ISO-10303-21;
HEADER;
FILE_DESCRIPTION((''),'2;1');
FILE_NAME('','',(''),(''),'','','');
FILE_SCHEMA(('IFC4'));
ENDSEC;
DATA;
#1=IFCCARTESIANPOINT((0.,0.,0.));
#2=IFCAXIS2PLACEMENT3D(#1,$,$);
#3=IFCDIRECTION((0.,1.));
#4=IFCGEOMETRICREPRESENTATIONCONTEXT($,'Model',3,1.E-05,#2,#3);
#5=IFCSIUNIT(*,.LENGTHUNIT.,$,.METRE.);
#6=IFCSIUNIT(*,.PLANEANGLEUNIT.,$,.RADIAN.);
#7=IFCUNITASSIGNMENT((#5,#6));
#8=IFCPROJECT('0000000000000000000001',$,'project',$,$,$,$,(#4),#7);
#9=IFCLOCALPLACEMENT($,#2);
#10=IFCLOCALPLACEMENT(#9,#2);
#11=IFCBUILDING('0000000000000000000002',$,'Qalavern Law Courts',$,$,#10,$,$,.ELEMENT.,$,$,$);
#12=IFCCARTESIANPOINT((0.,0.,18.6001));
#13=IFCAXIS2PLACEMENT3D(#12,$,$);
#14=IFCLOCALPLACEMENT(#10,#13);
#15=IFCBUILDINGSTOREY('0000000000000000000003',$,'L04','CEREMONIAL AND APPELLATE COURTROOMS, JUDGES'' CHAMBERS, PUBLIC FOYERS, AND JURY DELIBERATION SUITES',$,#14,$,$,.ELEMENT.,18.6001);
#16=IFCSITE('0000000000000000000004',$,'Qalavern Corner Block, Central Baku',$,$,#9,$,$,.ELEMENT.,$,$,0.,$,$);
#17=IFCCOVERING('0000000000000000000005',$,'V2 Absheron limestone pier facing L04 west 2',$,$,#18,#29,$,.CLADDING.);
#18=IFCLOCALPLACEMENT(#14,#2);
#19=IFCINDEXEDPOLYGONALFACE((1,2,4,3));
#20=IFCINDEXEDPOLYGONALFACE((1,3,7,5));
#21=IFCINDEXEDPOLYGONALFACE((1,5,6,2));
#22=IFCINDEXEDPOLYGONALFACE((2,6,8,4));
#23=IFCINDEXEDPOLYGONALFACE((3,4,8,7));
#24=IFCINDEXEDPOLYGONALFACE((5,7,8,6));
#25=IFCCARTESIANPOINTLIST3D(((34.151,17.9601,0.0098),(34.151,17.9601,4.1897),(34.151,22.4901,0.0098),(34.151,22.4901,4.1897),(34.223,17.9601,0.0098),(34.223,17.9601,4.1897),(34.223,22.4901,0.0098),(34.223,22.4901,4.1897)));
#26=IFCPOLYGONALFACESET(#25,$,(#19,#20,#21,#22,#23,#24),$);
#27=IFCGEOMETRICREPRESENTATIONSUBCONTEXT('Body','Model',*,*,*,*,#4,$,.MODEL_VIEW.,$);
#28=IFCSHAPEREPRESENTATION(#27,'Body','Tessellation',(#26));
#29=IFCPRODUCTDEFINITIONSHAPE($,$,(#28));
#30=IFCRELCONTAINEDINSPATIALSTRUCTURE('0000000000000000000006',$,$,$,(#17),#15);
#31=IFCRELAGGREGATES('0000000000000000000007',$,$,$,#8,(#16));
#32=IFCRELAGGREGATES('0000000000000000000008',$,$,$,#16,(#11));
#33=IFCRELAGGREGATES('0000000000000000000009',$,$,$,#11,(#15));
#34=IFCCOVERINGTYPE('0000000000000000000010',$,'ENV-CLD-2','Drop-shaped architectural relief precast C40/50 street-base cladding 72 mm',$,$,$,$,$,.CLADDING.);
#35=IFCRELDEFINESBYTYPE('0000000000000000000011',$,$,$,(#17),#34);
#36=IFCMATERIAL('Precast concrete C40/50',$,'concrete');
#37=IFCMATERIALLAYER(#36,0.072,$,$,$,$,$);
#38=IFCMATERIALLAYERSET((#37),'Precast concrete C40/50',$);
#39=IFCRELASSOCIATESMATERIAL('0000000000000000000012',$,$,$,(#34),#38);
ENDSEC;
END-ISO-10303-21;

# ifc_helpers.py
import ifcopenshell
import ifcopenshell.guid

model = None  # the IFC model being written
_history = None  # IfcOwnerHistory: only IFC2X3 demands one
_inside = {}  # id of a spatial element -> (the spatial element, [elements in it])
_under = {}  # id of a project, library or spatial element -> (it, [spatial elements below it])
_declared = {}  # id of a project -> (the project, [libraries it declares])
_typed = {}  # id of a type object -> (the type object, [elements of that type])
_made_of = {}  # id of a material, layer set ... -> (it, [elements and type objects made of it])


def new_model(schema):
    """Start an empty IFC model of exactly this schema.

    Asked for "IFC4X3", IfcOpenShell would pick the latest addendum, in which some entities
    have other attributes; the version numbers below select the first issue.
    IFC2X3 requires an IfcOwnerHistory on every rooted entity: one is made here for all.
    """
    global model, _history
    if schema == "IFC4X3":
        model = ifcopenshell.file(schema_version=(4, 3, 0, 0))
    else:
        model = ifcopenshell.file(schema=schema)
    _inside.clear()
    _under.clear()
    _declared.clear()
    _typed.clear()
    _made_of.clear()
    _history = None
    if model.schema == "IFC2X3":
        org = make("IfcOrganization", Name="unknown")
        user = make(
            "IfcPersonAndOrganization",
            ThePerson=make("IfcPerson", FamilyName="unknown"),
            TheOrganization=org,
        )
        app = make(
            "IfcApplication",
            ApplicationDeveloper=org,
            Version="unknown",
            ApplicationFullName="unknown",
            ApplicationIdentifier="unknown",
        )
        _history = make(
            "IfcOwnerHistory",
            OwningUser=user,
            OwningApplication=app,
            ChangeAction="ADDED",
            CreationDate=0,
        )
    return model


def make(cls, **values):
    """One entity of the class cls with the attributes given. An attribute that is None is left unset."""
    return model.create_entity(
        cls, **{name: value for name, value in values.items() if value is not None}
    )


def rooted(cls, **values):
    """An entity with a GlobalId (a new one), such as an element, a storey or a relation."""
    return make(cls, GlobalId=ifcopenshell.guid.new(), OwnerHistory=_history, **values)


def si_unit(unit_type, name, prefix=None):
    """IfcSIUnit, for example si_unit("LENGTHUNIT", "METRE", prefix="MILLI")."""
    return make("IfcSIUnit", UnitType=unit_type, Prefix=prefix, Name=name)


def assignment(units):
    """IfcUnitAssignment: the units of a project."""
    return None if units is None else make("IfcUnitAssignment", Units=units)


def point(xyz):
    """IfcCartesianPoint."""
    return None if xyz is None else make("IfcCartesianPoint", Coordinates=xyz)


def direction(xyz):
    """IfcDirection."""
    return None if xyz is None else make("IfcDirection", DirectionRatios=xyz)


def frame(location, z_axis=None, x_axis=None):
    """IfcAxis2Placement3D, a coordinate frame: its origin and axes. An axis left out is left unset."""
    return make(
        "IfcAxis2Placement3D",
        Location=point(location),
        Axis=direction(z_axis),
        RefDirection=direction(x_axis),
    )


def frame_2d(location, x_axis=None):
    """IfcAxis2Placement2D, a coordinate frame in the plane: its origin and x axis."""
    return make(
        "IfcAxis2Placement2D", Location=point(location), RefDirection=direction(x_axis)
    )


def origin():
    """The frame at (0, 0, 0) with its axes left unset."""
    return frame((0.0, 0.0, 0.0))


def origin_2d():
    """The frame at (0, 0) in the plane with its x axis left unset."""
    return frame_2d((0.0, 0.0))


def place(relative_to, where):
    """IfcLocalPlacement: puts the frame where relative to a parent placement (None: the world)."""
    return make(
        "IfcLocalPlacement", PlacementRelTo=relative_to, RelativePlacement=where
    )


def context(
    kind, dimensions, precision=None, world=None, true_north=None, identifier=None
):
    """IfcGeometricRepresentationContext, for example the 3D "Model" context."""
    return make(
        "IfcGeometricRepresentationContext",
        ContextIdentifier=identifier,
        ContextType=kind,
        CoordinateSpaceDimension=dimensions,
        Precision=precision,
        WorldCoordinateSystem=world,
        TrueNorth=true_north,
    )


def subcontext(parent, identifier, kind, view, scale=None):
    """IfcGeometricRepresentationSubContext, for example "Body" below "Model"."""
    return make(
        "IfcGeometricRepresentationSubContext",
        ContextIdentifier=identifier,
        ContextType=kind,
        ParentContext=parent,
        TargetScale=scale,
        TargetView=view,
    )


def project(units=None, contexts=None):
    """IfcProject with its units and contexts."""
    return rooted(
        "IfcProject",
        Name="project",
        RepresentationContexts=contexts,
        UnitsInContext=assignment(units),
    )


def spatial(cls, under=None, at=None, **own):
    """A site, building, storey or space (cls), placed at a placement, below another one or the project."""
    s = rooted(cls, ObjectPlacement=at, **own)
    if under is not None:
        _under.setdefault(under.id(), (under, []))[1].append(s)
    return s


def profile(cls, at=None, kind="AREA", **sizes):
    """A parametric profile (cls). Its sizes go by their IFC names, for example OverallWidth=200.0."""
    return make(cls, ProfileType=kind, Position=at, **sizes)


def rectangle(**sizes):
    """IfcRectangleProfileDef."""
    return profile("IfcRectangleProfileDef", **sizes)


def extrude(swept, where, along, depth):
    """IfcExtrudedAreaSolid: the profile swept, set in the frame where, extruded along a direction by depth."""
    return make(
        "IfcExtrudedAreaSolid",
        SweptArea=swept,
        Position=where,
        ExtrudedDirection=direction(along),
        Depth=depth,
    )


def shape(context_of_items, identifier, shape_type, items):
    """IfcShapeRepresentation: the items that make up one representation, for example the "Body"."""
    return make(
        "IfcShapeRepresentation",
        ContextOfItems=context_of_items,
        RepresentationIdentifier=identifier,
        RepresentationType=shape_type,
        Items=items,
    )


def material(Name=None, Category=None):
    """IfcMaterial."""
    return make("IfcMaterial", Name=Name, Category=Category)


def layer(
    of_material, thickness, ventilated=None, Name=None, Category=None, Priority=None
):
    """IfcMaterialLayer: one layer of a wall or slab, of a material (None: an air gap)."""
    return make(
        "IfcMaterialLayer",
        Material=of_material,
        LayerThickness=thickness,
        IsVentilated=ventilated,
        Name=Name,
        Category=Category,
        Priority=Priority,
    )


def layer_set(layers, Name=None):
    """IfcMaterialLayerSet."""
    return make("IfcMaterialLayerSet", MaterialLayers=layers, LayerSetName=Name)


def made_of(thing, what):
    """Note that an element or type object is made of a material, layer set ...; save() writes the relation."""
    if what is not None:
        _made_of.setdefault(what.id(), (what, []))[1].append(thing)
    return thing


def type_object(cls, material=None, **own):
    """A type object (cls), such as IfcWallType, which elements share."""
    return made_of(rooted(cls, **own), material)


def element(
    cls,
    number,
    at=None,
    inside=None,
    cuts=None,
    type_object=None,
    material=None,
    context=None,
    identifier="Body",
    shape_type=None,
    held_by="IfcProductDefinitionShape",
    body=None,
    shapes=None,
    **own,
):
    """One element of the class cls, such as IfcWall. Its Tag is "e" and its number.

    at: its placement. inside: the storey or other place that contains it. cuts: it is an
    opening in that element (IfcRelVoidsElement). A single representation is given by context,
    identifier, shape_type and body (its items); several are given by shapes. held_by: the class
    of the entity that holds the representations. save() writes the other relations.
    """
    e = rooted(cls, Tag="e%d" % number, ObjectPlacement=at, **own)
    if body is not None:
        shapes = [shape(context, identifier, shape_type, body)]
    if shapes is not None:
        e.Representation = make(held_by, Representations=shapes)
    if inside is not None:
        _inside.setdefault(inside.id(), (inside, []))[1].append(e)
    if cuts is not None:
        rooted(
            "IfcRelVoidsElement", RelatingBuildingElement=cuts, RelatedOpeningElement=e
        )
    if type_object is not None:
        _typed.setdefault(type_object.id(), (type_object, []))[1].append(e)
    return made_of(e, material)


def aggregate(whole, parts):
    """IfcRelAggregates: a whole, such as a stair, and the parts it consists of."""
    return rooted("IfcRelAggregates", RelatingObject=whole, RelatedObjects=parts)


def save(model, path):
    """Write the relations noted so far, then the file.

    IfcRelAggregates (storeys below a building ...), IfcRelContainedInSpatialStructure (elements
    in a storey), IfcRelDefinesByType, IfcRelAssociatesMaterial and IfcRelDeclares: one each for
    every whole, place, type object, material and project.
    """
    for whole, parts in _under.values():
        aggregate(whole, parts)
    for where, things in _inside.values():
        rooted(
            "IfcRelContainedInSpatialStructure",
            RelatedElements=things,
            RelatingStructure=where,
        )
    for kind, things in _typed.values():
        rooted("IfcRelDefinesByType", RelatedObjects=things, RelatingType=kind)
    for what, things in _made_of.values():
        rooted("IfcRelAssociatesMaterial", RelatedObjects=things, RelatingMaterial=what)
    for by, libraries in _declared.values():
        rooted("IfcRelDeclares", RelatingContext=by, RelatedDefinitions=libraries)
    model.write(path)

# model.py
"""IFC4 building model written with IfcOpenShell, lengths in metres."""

from ifc_helpers import new_model, si_unit, direction, frame, origin, origin_2d, place, context, subcontext, project, spatial, rectangle, extrude, material, layer, layer_set, type_object, element, save


model = new_model("IFC4")

# Units and contexts
model_context = context("Model", 3, precision=1e-05, world=origin(), true_north=direction((0.0, 1.0)))
body_context = subcontext(model_context, "Body", "Model", "MODEL_VIEW")
ifc_project = project(units=[si_unit("LENGTHUNIT", "METRE"), si_unit("PLANEANGLEUNIT", "RADIAN")], contexts=[model_context])

# Site, building, storey
site_placement = place(None, origin())
site = spatial("IfcSite", under=ifc_project, at=site_placement, Name="Qalavern Corner Block, Central Baku", CompositionType="ELEMENT", RefElevation=0.0)
building_placement = place(site_placement, origin())
building = spatial("IfcBuilding", under=site, at=building_placement, Name="Qalavern Law Courts", CompositionType="ELEMENT")
storey_placement = place(building_placement, frame((0.0, 0.0, 18.6001)))
storey = spatial("IfcBuildingStorey", under=building, at=storey_placement, Name="L04", Description="CEREMONIAL AND APPELLATE COURTROOMS, JUDGES' CHAMBERS, PUBLIC FOYERS, AND JURY DELIBERATION SUITES", CompositionType="ELEMENT", Elevation=18.6001)

# Covering
ifc_material_1 = material(Name="Precast concrete C40/50", Category="concrete")
ifc_layer_1 = layer(ifc_material_1, 0.072)
ifc_layer_set_1 = layer_set([ifc_layer_1], Name="Precast concrete C40/50")
covering_type = type_object("IfcCoveringType", Name="ENV-CLD-2", Description="Drop-shaped architectural relief precast C40/50 street-base cladding 72 mm", PredefinedType="CLADDING", material=ifc_layer_set_1)
for number, where, z_axis, x_axis, name in (
    (1, (34.187, 20.2251, 0.0098), (0.0, 0.0, 1.0), (0.0, -1.0, 0.0), "V2 Absheron limestone pier facing L04 west 2"),
):
    element("IfcCovering", number, at=place(storey_placement, frame(where, z_axis=z_axis, x_axis=x_axis)), inside=storey, type_object=covering_type, Name=name, PredefinedType="CLADDING", context=body_context, shape_type="SweptSolid", body=[
        extrude(rectangle(XDim=4.53, YDim=0.072, at=origin_2d()), origin(), (0.0, 0.0, 1.0), 4.1799),
    ])

save(model, "model.ifc")
